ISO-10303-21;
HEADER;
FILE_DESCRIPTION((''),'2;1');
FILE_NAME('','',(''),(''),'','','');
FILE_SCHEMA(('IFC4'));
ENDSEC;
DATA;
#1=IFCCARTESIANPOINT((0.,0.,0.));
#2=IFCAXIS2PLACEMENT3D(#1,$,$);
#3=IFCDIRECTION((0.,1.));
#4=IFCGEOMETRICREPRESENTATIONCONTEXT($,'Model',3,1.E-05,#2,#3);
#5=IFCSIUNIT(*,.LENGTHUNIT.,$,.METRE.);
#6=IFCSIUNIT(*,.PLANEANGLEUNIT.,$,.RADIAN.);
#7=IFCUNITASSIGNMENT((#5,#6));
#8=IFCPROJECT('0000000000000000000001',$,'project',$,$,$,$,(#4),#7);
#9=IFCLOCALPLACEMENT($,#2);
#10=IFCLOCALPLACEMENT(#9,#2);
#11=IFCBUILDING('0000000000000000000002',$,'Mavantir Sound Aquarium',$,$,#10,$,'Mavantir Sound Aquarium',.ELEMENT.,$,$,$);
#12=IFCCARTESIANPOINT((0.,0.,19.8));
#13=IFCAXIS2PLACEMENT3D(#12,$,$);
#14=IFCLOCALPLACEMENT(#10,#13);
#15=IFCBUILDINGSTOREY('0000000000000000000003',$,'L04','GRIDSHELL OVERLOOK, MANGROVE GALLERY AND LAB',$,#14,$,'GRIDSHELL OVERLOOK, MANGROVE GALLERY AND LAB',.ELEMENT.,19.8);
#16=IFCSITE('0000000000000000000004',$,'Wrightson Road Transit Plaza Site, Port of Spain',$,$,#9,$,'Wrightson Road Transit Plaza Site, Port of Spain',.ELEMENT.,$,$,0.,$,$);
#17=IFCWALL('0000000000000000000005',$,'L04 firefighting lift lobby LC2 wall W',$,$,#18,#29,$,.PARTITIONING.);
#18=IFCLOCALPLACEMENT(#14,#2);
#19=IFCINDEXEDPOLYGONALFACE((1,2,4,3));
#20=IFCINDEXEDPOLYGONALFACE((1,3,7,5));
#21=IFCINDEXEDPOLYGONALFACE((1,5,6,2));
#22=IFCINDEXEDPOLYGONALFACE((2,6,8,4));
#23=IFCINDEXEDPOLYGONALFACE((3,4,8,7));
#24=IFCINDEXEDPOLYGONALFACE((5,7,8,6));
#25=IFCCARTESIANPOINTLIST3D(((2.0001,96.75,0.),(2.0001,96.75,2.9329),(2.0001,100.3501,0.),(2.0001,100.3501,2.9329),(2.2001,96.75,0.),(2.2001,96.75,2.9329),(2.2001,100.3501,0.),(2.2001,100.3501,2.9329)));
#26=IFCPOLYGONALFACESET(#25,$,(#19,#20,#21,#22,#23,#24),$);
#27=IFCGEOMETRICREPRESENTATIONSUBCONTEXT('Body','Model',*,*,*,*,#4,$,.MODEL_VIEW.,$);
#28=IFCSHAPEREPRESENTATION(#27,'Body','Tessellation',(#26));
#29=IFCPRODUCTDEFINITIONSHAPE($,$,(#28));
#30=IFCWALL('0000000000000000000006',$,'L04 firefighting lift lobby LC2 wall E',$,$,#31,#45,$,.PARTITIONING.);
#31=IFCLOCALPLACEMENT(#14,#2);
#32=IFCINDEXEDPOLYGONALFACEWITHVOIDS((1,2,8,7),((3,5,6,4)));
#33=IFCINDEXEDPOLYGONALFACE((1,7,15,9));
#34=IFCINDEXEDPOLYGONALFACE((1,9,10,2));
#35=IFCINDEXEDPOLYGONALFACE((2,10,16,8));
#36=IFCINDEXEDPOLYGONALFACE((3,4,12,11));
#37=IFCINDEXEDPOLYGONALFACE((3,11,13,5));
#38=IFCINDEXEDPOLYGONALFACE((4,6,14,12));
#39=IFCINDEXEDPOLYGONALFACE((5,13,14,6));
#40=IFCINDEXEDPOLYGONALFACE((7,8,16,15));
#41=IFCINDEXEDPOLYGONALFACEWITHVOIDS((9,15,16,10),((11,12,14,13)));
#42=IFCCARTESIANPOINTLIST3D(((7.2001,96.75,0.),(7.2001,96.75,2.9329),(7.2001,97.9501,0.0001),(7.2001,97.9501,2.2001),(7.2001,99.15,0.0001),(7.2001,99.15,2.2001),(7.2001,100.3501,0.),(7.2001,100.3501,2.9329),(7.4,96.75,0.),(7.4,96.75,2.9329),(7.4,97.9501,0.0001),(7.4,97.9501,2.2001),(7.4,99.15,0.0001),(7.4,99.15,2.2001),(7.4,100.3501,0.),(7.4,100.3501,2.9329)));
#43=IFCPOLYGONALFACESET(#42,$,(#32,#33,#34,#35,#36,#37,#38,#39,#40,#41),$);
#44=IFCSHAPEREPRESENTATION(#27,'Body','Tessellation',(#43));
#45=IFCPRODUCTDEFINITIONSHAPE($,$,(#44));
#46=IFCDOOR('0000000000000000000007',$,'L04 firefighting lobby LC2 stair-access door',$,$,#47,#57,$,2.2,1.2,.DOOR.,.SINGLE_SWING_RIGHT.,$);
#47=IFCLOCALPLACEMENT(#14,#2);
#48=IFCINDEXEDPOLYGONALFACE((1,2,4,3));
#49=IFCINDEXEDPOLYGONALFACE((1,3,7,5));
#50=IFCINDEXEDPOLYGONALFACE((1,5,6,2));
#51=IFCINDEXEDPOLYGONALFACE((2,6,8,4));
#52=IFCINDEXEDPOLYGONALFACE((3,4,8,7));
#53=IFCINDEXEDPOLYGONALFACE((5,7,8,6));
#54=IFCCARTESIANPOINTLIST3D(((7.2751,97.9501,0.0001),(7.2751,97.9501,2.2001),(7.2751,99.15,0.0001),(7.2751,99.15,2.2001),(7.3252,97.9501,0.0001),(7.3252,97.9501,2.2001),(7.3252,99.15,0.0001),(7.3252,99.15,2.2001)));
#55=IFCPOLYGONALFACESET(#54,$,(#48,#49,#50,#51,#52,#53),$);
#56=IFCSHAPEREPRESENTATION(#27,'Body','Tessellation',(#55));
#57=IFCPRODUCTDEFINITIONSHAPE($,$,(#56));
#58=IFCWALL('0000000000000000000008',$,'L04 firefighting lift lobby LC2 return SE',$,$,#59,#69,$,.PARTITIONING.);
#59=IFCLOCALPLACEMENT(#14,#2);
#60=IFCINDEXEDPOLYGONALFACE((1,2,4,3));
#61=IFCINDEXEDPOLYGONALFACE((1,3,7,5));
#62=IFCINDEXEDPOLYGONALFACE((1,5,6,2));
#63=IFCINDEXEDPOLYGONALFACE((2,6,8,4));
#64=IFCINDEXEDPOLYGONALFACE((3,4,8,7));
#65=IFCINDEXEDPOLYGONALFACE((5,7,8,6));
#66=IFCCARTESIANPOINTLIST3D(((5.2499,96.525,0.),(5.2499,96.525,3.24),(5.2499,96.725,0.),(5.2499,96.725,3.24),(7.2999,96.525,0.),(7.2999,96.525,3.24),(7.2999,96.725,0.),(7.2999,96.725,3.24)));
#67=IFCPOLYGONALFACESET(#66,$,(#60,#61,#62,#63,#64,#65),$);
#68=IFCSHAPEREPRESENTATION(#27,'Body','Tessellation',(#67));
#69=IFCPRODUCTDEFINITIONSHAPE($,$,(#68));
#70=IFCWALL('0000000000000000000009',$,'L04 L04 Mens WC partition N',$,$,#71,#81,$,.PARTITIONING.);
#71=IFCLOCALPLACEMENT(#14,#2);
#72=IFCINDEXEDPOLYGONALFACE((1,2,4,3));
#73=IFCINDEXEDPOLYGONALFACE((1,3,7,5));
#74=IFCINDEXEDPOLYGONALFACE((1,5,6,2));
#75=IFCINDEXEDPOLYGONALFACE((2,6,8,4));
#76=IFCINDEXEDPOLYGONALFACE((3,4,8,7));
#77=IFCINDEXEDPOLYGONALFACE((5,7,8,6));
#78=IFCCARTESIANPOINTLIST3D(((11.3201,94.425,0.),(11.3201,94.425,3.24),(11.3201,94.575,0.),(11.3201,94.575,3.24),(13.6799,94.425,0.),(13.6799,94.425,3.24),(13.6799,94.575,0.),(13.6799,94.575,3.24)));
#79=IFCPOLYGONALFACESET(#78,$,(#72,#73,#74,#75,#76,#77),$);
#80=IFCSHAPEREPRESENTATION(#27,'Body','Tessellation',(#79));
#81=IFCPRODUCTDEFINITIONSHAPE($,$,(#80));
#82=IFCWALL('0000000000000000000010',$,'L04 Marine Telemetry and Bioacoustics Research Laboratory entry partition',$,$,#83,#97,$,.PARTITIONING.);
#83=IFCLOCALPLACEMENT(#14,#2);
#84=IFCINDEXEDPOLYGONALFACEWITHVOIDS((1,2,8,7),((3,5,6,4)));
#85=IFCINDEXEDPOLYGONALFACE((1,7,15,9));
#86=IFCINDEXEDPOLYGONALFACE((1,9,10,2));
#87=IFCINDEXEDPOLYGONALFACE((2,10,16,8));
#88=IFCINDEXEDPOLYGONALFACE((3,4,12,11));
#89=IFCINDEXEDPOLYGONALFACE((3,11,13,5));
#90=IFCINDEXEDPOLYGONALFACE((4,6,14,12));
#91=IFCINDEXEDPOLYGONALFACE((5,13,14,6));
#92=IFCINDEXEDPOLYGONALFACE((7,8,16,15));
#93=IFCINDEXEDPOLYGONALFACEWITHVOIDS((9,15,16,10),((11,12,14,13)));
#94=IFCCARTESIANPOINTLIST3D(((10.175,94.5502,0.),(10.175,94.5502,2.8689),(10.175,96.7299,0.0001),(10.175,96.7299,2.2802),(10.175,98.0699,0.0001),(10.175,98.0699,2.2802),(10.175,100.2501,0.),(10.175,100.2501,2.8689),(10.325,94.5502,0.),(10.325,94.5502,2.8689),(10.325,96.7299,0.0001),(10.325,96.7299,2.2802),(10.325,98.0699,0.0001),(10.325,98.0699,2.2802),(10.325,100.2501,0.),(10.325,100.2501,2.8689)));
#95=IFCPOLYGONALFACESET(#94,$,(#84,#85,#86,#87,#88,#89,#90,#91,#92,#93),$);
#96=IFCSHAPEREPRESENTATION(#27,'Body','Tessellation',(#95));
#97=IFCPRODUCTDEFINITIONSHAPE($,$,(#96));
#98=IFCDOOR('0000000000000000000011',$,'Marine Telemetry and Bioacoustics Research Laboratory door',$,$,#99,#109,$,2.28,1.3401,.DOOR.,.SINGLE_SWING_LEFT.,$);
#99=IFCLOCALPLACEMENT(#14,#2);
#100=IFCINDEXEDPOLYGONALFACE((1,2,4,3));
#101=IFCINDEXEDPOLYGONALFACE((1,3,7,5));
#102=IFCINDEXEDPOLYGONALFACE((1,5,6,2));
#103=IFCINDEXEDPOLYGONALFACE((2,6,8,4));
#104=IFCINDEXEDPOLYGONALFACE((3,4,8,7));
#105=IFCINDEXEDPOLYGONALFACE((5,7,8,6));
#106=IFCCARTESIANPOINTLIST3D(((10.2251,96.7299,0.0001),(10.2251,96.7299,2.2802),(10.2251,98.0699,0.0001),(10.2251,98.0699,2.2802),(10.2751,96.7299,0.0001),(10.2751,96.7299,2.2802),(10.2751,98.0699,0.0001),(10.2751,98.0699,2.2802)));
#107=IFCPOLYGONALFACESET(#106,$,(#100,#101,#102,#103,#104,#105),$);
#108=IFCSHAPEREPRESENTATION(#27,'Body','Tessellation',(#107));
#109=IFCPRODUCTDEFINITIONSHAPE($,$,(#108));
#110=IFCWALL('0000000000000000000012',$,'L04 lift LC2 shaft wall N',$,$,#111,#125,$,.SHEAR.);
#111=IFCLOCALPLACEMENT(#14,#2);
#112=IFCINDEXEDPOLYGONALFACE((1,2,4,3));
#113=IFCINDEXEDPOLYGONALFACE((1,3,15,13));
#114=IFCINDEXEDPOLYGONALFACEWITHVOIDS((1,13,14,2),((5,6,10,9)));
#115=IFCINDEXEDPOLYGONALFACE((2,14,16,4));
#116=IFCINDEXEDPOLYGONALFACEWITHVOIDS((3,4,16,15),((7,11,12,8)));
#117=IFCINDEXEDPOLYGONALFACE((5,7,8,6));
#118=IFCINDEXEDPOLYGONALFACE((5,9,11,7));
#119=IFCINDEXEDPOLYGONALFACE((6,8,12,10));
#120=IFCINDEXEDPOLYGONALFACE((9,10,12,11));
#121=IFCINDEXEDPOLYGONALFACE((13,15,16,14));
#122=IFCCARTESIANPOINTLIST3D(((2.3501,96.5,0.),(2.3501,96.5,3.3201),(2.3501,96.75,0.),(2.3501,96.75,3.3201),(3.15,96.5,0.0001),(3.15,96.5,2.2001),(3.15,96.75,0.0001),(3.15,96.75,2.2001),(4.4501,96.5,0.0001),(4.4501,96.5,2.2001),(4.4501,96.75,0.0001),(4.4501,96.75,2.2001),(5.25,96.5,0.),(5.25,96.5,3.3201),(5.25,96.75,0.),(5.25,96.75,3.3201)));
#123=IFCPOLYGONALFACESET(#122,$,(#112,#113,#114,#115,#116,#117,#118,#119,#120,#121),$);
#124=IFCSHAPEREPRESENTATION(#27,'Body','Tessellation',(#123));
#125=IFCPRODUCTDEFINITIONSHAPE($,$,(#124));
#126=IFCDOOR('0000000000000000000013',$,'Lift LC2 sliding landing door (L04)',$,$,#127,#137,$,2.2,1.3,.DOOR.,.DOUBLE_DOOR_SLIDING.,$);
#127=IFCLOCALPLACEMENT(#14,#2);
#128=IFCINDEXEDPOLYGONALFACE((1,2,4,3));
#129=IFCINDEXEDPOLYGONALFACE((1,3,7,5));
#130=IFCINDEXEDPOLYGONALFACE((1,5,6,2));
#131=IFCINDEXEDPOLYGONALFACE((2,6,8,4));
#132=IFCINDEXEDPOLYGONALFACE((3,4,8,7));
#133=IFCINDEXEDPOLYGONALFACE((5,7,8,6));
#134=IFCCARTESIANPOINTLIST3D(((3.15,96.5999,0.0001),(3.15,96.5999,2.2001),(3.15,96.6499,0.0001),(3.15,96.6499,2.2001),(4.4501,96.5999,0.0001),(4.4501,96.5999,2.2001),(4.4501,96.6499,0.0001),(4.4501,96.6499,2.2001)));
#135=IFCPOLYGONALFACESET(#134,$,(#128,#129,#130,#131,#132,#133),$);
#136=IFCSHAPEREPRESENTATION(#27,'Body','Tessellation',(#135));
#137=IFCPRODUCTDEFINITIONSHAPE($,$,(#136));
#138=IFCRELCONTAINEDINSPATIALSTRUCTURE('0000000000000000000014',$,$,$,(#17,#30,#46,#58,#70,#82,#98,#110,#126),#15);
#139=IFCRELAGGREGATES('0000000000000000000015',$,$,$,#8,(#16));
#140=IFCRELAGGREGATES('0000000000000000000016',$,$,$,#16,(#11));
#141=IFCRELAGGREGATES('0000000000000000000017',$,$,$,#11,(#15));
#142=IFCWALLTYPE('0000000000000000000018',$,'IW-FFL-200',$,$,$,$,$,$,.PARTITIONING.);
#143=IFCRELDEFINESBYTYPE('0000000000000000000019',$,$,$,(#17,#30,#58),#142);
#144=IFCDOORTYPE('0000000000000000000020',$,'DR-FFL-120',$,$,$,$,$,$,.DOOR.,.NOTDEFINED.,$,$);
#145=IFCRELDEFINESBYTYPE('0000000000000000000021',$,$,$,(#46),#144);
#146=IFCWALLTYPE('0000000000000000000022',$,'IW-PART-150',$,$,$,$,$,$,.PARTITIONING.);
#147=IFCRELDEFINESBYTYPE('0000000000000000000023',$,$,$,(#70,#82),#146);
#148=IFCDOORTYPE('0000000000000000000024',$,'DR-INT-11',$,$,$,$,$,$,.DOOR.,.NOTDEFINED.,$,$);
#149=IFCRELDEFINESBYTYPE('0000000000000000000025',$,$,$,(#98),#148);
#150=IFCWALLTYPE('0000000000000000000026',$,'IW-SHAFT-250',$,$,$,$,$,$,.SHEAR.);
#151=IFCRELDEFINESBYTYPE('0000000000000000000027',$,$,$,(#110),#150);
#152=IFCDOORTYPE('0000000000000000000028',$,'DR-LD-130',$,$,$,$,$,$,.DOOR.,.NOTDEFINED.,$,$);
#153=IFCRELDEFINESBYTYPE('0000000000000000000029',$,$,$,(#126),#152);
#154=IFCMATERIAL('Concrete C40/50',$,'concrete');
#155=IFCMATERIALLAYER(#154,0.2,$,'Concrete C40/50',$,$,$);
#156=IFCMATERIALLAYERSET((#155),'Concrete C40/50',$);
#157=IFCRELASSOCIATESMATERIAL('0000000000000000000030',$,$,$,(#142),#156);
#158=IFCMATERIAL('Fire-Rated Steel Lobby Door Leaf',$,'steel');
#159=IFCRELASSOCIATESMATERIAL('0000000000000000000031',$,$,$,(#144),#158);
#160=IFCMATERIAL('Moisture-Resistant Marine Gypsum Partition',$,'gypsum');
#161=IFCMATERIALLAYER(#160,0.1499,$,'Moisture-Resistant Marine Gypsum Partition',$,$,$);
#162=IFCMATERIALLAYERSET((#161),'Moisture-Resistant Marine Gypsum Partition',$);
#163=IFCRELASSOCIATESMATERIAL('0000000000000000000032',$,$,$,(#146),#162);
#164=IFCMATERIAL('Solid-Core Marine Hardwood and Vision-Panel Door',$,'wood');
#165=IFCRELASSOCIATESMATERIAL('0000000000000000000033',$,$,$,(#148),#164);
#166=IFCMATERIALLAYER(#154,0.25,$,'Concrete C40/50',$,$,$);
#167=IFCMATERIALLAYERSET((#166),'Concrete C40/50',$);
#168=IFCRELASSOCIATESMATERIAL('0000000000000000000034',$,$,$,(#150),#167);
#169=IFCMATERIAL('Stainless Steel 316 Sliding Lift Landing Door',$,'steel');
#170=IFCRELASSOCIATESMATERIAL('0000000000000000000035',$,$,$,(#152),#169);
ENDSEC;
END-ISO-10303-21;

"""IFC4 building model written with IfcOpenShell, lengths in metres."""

from ifc_helpers import new_model, si_unit, direction, frame, frame_2d, origin, place, context, subcontext, project, spatial, rectangle, extrude, material, layer, layer_set, type_object, element, fill, save


model = new_model("IFC4")

# Units and contexts
model_context = context("Model", 3, precision=1e-05, world=origin(), true_north=direction((0.0, 1.0)))
body_context = subcontext(model_context, "Body", "Model", "MODEL_VIEW")
ifc_project = project(units=[si_unit("LENGTHUNIT", "METRE"), si_unit("PLANEANGLEUNIT", "RADIAN")], contexts=[model_context])

# Site, building, storey
site_placement = place(None, origin())
site = spatial("IfcSite", under=ifc_project, at=site_placement, Name="Wrightson Road Transit Plaza Site, Port of Spain", LongName="Wrightson Road Transit Plaza Site, Port of Spain", CompositionType="ELEMENT", RefElevation=0.0)
building_placement = place(site_placement, origin())
building = spatial("IfcBuilding", under=site, at=building_placement, Name="Mavantir Sound Aquarium", LongName="Mavantir Sound Aquarium", CompositionType="ELEMENT")
storey_placement = place(building_placement, frame((0.0, 0.0, 19.8)))
storey = spatial("IfcBuildingStorey", under=building, at=storey_placement, Name="L04", Description="GRIDSHELL OVERLOOK, MANGROVE GALLERY AND LAB", LongName="GRIDSHELL OVERLOOK, MANGROVE GALLERY AND LAB", CompositionType="ELEMENT", Elevation=19.8)

# Shared definitions
ifc_material_1 = material(Name="Concrete C40/50", Category="concrete")

# Shared definitions
ifc_layer_1 = layer(ifc_material_1, 0.2, Name="Concrete C40/50")
ifc_layer_set_1 = layer_set([ifc_layer_1], Name="Concrete C40/50")
wall_type_1 = type_object("IfcWallType", Name="IW-FFL-200", PredefinedType="PARTITIONING", material=ifc_layer_set_1)
ifc_material_2 = material(Name="Fire-Rated Steel Lobby Door Leaf", Category="steel")
door_type_1 = type_object("IfcDoorType", Name="DR-FFL-120", OperationType="NOTDEFINED", PredefinedType="DOOR", material=ifc_material_2)

# Wall
wall_1_placement = place(storey_placement, frame((2.1001, 96.75, 0.0), z_axis=(0.0, 0.0, 1.0), x_axis=(0.0, 1.0, 0.0)))
element("IfcWall", 1, at=wall_1_placement, inside=storey, type_object=wall_type_1, Name="L04 firefighting lift lobby LC2 wall W", PredefinedType="PARTITIONING", context=body_context, shape_type="SweptSolid", body=[
    extrude(rectangle(XDim=3.6001, YDim=0.2, at=frame_2d((1.8, 0.0))), origin(), (0.0, 0.0, 1.0), 2.9329),
])

# Wall, opening, door
wall_2_placement = place(storey_placement, frame((7.3, 96.75, 0.0), z_axis=(0.0, 0.0, 1.0), x_axis=(0.0, 1.0, 0.0)))
wall_2 = element("IfcWall", 2, at=wall_2_placement, inside=storey, type_object=wall_type_1, Name="L04 firefighting lift lobby LC2 wall E", PredefinedType="PARTITIONING", context=body_context, shape_type="SweptSolid", body=[
    extrude(rectangle(XDim=3.6001, YDim=0.2, at=frame_2d((1.8, 0.0))), origin(), (0.0, 0.0, 1.0), 2.9329),
])
opening_1_placement = place(wall_2_placement, frame((1.2, 0.0, 0.0)))
opening_1 = element("IfcOpeningElement", 3, at=opening_1_placement, cuts=wall_2, PredefinedType="OPENING", context=body_context, shape_type="SweptSolid", body=[
    extrude(rectangle(XDim=1.2, YDim=2.2, at=frame_2d((0.6001, 1.1001))), frame((0.0, 0.1099, 0.0), z_axis=(0.0, -1.0, 0.0), x_axis=(1.0, 0.0, 0.0)), (0.0, 0.0, 1.0), 0.22),
])
door_1_placement = place(opening_1_placement, origin())
door_1 = element("IfcDoor", 4, at=door_1_placement, inside=storey, type_object=door_type_1, Name="L04 firefighting lobby LC2 stair-access door", OperationType="SINGLE_SWING_RIGHT", OverallHeight=2.2, OverallWidth=1.2, PredefinedType="DOOR", context=body_context, shape_type="SweptSolid", body=[
    extrude(rectangle(XDim=1.2, YDim=2.2, at=frame_2d((0.6001, 1.1001))), frame((0.0, 0.0249, 0.0), z_axis=(0.0, -1.0, 0.0), x_axis=(1.0, 0.0, 0.0)), (0.0, 0.0, 1.0), 0.05),
])
fill(opening_1, door_1)

# Walls
wall_3_placement = place(storey_placement, frame((5.25, 96.625, 0.0), z_axis=(0.0, 0.0, 1.0), x_axis=(1.0, 0.0, 0.0)))
element("IfcWall", 5, at=wall_3_placement, inside=storey, type_object=wall_type_1, Name="L04 firefighting lift lobby LC2 return SE", PredefinedType="PARTITIONING", context=body_context, shape_type="SweptSolid", body=[
    extrude(rectangle(XDim=2.05, YDim=0.2, at=frame_2d((1.0249, 0.0))), origin(), (0.0, 0.0, 1.0), 3.24),
])
ifc_material_3 = material(Name="Moisture-Resistant Marine Gypsum Partition", Category="gypsum")
ifc_layer_2 = layer(ifc_material_3, 0.1499, Name="Moisture-Resistant Marine Gypsum Partition")
ifc_layer_set_2 = layer_set([ifc_layer_2], Name="Moisture-Resistant Marine Gypsum Partition")
wall_type_2 = type_object("IfcWallType", Name="IW-PART-150", PredefinedType="PARTITIONING", material=ifc_layer_set_2)
wall_4_placement = place(storey_placement, frame((11.3201, 94.5, 0.0), z_axis=(0.0, 0.0, 1.0), x_axis=(1.0, 0.0, 0.0)))
element("IfcWall", 6, at=wall_4_placement, inside=storey, type_object=wall_type_2, Name="L04 L04 Mens WC partition N", PredefinedType="PARTITIONING", context=body_context, shape_type="SweptSolid", body=[
    extrude(rectangle(XDim=2.3599, YDim=0.1499, at=frame_2d((1.1799, 0.0))), origin(), (0.0, 0.0, 1.0), 3.24),
])

# Walls, openings, doors
wall_5_placement = place(storey_placement, frame((10.25, 94.55, 0.0), z_axis=(0.0, 0.0, 1.0), x_axis=(0.0, 1.0, 0.0)))
wall_5 = element("IfcWall", 7, at=wall_5_placement, inside=storey, type_object=wall_type_2, Name="L04 Marine Telemetry and Bioacoustics Research Laboratory entry partition", PredefinedType="PARTITIONING", context=body_context, shape_type="SweptSolid", body=[
    extrude(rectangle(XDim=5.7, YDim=0.1499, at=frame_2d((2.8501, 0.0))), origin(), (0.0, 0.0, 1.0), 2.8689),
])
opening_2_placement = place(wall_5_placement, frame((2.1799, 0.0, 0.0)))
opening_2 = element("IfcOpeningElement", 8, at=opening_2_placement, cuts=wall_5, PredefinedType="OPENING", context=body_context, shape_type="SweptSolid", body=[
    extrude(rectangle(XDim=1.3401, YDim=2.28, at=frame_2d((0.6699, 1.1401))), frame((0.0, 0.085, 0.0), z_axis=(0.0, -1.0, 0.0), x_axis=(1.0, 0.0, 0.0)), (0.0, 0.0, 1.0), 0.1699),
])
ifc_material_4 = material(Name="Solid-Core Marine Hardwood and Vision-Panel Door", Category="wood")
door_type_2 = type_object("IfcDoorType", Name="DR-INT-11", OperationType="NOTDEFINED", PredefinedType="DOOR", material=ifc_material_4)
door_2_placement = place(opening_2_placement, origin())
door_2 = element("IfcDoor", 9, at=door_2_placement, inside=storey, type_object=door_type_2, Name="Marine Telemetry and Bioacoustics Research Laboratory door", OperationType="SINGLE_SWING_LEFT", OverallHeight=2.28, OverallWidth=1.3401, PredefinedType="DOOR", context=body_context, shape_type="SweptSolid", body=[
    extrude(rectangle(XDim=1.3401, YDim=2.28, at=frame_2d((0.6699, 1.1401))), frame((0.0, 0.0249, 0.0), z_axis=(0.0, -1.0, 0.0), x_axis=(1.0, 0.0, 0.0)), (0.0, 0.0, 1.0), 0.05),
])
fill(opening_2, door_2)
ifc_layer_3 = layer(ifc_material_1, 0.25, Name="Concrete C40/50")
ifc_layer_set_3 = layer_set([ifc_layer_3], Name="Concrete C40/50")
wall_type_3 = type_object("IfcWallType", Name="IW-SHAFT-250", PredefinedType="SHEAR", material=ifc_layer_set_3)
wall_6_placement = place(storey_placement, frame((2.3501, 96.625, 0.0), z_axis=(0.0, 0.0, 1.0), x_axis=(1.0, 0.0, 0.0)))
wall_6 = element("IfcWall", 10, at=wall_6_placement, inside=storey, type_object=wall_type_3, Name="L04 lift LC2 shaft wall N", PredefinedType="SHEAR", context=body_context, shape_type="SweptSolid", body=[
    extrude(rectangle(XDim=2.8999, YDim=0.25, at=frame_2d((1.45, 0.0))), origin(), (0.0, 0.0, 1.0), 3.3201),
])
opening_3_placement = place(wall_6_placement, frame((0.8, 0.0, 0.0)))
opening_3 = element("IfcOpeningElement", 11, at=opening_3_placement, cuts=wall_6, PredefinedType="OPENING", context=body_context, shape_type="SweptSolid", body=[
    extrude(rectangle(XDim=1.3, YDim=2.2, at=frame_2d((0.6499, 1.1001))), frame((0.0, 0.135, 0.0), z_axis=(0.0, -1.0, 0.0), x_axis=(1.0, 0.0, 0.0)), (0.0, 0.0, 1.0), 0.27),
])
ifc_material_5 = material(Name="Stainless Steel 316 Sliding Lift Landing Door", Category="steel")
door_type_3 = type_object("IfcDoorType", Name="DR-LD-130", OperationType="NOTDEFINED", PredefinedType="DOOR", material=ifc_material_5)
door_3_placement = place(opening_3_placement, origin())
door_3 = element("IfcDoor", 12, at=door_3_placement, inside=storey, type_object=door_type_3, Name="Lift LC2 sliding landing door (L04)", OperationType="DOUBLE_DOOR_SLIDING", OverallHeight=2.2, OverallWidth=1.3, PredefinedType="DOOR", context=body_context, shape_type="SweptSolid", body=[
    extrude(rectangle(XDim=1.3, YDim=2.2, at=frame_2d((0.6499, 1.1001))), frame((0.0, 0.0249, 0.0), z_axis=(0.0, -1.0, 0.0), x_axis=(1.0, 0.0, 0.0)), (0.0, 0.0, 1.0), 0.05),
])
fill(opening_3, door_3)

save(model, "model.ifc")
